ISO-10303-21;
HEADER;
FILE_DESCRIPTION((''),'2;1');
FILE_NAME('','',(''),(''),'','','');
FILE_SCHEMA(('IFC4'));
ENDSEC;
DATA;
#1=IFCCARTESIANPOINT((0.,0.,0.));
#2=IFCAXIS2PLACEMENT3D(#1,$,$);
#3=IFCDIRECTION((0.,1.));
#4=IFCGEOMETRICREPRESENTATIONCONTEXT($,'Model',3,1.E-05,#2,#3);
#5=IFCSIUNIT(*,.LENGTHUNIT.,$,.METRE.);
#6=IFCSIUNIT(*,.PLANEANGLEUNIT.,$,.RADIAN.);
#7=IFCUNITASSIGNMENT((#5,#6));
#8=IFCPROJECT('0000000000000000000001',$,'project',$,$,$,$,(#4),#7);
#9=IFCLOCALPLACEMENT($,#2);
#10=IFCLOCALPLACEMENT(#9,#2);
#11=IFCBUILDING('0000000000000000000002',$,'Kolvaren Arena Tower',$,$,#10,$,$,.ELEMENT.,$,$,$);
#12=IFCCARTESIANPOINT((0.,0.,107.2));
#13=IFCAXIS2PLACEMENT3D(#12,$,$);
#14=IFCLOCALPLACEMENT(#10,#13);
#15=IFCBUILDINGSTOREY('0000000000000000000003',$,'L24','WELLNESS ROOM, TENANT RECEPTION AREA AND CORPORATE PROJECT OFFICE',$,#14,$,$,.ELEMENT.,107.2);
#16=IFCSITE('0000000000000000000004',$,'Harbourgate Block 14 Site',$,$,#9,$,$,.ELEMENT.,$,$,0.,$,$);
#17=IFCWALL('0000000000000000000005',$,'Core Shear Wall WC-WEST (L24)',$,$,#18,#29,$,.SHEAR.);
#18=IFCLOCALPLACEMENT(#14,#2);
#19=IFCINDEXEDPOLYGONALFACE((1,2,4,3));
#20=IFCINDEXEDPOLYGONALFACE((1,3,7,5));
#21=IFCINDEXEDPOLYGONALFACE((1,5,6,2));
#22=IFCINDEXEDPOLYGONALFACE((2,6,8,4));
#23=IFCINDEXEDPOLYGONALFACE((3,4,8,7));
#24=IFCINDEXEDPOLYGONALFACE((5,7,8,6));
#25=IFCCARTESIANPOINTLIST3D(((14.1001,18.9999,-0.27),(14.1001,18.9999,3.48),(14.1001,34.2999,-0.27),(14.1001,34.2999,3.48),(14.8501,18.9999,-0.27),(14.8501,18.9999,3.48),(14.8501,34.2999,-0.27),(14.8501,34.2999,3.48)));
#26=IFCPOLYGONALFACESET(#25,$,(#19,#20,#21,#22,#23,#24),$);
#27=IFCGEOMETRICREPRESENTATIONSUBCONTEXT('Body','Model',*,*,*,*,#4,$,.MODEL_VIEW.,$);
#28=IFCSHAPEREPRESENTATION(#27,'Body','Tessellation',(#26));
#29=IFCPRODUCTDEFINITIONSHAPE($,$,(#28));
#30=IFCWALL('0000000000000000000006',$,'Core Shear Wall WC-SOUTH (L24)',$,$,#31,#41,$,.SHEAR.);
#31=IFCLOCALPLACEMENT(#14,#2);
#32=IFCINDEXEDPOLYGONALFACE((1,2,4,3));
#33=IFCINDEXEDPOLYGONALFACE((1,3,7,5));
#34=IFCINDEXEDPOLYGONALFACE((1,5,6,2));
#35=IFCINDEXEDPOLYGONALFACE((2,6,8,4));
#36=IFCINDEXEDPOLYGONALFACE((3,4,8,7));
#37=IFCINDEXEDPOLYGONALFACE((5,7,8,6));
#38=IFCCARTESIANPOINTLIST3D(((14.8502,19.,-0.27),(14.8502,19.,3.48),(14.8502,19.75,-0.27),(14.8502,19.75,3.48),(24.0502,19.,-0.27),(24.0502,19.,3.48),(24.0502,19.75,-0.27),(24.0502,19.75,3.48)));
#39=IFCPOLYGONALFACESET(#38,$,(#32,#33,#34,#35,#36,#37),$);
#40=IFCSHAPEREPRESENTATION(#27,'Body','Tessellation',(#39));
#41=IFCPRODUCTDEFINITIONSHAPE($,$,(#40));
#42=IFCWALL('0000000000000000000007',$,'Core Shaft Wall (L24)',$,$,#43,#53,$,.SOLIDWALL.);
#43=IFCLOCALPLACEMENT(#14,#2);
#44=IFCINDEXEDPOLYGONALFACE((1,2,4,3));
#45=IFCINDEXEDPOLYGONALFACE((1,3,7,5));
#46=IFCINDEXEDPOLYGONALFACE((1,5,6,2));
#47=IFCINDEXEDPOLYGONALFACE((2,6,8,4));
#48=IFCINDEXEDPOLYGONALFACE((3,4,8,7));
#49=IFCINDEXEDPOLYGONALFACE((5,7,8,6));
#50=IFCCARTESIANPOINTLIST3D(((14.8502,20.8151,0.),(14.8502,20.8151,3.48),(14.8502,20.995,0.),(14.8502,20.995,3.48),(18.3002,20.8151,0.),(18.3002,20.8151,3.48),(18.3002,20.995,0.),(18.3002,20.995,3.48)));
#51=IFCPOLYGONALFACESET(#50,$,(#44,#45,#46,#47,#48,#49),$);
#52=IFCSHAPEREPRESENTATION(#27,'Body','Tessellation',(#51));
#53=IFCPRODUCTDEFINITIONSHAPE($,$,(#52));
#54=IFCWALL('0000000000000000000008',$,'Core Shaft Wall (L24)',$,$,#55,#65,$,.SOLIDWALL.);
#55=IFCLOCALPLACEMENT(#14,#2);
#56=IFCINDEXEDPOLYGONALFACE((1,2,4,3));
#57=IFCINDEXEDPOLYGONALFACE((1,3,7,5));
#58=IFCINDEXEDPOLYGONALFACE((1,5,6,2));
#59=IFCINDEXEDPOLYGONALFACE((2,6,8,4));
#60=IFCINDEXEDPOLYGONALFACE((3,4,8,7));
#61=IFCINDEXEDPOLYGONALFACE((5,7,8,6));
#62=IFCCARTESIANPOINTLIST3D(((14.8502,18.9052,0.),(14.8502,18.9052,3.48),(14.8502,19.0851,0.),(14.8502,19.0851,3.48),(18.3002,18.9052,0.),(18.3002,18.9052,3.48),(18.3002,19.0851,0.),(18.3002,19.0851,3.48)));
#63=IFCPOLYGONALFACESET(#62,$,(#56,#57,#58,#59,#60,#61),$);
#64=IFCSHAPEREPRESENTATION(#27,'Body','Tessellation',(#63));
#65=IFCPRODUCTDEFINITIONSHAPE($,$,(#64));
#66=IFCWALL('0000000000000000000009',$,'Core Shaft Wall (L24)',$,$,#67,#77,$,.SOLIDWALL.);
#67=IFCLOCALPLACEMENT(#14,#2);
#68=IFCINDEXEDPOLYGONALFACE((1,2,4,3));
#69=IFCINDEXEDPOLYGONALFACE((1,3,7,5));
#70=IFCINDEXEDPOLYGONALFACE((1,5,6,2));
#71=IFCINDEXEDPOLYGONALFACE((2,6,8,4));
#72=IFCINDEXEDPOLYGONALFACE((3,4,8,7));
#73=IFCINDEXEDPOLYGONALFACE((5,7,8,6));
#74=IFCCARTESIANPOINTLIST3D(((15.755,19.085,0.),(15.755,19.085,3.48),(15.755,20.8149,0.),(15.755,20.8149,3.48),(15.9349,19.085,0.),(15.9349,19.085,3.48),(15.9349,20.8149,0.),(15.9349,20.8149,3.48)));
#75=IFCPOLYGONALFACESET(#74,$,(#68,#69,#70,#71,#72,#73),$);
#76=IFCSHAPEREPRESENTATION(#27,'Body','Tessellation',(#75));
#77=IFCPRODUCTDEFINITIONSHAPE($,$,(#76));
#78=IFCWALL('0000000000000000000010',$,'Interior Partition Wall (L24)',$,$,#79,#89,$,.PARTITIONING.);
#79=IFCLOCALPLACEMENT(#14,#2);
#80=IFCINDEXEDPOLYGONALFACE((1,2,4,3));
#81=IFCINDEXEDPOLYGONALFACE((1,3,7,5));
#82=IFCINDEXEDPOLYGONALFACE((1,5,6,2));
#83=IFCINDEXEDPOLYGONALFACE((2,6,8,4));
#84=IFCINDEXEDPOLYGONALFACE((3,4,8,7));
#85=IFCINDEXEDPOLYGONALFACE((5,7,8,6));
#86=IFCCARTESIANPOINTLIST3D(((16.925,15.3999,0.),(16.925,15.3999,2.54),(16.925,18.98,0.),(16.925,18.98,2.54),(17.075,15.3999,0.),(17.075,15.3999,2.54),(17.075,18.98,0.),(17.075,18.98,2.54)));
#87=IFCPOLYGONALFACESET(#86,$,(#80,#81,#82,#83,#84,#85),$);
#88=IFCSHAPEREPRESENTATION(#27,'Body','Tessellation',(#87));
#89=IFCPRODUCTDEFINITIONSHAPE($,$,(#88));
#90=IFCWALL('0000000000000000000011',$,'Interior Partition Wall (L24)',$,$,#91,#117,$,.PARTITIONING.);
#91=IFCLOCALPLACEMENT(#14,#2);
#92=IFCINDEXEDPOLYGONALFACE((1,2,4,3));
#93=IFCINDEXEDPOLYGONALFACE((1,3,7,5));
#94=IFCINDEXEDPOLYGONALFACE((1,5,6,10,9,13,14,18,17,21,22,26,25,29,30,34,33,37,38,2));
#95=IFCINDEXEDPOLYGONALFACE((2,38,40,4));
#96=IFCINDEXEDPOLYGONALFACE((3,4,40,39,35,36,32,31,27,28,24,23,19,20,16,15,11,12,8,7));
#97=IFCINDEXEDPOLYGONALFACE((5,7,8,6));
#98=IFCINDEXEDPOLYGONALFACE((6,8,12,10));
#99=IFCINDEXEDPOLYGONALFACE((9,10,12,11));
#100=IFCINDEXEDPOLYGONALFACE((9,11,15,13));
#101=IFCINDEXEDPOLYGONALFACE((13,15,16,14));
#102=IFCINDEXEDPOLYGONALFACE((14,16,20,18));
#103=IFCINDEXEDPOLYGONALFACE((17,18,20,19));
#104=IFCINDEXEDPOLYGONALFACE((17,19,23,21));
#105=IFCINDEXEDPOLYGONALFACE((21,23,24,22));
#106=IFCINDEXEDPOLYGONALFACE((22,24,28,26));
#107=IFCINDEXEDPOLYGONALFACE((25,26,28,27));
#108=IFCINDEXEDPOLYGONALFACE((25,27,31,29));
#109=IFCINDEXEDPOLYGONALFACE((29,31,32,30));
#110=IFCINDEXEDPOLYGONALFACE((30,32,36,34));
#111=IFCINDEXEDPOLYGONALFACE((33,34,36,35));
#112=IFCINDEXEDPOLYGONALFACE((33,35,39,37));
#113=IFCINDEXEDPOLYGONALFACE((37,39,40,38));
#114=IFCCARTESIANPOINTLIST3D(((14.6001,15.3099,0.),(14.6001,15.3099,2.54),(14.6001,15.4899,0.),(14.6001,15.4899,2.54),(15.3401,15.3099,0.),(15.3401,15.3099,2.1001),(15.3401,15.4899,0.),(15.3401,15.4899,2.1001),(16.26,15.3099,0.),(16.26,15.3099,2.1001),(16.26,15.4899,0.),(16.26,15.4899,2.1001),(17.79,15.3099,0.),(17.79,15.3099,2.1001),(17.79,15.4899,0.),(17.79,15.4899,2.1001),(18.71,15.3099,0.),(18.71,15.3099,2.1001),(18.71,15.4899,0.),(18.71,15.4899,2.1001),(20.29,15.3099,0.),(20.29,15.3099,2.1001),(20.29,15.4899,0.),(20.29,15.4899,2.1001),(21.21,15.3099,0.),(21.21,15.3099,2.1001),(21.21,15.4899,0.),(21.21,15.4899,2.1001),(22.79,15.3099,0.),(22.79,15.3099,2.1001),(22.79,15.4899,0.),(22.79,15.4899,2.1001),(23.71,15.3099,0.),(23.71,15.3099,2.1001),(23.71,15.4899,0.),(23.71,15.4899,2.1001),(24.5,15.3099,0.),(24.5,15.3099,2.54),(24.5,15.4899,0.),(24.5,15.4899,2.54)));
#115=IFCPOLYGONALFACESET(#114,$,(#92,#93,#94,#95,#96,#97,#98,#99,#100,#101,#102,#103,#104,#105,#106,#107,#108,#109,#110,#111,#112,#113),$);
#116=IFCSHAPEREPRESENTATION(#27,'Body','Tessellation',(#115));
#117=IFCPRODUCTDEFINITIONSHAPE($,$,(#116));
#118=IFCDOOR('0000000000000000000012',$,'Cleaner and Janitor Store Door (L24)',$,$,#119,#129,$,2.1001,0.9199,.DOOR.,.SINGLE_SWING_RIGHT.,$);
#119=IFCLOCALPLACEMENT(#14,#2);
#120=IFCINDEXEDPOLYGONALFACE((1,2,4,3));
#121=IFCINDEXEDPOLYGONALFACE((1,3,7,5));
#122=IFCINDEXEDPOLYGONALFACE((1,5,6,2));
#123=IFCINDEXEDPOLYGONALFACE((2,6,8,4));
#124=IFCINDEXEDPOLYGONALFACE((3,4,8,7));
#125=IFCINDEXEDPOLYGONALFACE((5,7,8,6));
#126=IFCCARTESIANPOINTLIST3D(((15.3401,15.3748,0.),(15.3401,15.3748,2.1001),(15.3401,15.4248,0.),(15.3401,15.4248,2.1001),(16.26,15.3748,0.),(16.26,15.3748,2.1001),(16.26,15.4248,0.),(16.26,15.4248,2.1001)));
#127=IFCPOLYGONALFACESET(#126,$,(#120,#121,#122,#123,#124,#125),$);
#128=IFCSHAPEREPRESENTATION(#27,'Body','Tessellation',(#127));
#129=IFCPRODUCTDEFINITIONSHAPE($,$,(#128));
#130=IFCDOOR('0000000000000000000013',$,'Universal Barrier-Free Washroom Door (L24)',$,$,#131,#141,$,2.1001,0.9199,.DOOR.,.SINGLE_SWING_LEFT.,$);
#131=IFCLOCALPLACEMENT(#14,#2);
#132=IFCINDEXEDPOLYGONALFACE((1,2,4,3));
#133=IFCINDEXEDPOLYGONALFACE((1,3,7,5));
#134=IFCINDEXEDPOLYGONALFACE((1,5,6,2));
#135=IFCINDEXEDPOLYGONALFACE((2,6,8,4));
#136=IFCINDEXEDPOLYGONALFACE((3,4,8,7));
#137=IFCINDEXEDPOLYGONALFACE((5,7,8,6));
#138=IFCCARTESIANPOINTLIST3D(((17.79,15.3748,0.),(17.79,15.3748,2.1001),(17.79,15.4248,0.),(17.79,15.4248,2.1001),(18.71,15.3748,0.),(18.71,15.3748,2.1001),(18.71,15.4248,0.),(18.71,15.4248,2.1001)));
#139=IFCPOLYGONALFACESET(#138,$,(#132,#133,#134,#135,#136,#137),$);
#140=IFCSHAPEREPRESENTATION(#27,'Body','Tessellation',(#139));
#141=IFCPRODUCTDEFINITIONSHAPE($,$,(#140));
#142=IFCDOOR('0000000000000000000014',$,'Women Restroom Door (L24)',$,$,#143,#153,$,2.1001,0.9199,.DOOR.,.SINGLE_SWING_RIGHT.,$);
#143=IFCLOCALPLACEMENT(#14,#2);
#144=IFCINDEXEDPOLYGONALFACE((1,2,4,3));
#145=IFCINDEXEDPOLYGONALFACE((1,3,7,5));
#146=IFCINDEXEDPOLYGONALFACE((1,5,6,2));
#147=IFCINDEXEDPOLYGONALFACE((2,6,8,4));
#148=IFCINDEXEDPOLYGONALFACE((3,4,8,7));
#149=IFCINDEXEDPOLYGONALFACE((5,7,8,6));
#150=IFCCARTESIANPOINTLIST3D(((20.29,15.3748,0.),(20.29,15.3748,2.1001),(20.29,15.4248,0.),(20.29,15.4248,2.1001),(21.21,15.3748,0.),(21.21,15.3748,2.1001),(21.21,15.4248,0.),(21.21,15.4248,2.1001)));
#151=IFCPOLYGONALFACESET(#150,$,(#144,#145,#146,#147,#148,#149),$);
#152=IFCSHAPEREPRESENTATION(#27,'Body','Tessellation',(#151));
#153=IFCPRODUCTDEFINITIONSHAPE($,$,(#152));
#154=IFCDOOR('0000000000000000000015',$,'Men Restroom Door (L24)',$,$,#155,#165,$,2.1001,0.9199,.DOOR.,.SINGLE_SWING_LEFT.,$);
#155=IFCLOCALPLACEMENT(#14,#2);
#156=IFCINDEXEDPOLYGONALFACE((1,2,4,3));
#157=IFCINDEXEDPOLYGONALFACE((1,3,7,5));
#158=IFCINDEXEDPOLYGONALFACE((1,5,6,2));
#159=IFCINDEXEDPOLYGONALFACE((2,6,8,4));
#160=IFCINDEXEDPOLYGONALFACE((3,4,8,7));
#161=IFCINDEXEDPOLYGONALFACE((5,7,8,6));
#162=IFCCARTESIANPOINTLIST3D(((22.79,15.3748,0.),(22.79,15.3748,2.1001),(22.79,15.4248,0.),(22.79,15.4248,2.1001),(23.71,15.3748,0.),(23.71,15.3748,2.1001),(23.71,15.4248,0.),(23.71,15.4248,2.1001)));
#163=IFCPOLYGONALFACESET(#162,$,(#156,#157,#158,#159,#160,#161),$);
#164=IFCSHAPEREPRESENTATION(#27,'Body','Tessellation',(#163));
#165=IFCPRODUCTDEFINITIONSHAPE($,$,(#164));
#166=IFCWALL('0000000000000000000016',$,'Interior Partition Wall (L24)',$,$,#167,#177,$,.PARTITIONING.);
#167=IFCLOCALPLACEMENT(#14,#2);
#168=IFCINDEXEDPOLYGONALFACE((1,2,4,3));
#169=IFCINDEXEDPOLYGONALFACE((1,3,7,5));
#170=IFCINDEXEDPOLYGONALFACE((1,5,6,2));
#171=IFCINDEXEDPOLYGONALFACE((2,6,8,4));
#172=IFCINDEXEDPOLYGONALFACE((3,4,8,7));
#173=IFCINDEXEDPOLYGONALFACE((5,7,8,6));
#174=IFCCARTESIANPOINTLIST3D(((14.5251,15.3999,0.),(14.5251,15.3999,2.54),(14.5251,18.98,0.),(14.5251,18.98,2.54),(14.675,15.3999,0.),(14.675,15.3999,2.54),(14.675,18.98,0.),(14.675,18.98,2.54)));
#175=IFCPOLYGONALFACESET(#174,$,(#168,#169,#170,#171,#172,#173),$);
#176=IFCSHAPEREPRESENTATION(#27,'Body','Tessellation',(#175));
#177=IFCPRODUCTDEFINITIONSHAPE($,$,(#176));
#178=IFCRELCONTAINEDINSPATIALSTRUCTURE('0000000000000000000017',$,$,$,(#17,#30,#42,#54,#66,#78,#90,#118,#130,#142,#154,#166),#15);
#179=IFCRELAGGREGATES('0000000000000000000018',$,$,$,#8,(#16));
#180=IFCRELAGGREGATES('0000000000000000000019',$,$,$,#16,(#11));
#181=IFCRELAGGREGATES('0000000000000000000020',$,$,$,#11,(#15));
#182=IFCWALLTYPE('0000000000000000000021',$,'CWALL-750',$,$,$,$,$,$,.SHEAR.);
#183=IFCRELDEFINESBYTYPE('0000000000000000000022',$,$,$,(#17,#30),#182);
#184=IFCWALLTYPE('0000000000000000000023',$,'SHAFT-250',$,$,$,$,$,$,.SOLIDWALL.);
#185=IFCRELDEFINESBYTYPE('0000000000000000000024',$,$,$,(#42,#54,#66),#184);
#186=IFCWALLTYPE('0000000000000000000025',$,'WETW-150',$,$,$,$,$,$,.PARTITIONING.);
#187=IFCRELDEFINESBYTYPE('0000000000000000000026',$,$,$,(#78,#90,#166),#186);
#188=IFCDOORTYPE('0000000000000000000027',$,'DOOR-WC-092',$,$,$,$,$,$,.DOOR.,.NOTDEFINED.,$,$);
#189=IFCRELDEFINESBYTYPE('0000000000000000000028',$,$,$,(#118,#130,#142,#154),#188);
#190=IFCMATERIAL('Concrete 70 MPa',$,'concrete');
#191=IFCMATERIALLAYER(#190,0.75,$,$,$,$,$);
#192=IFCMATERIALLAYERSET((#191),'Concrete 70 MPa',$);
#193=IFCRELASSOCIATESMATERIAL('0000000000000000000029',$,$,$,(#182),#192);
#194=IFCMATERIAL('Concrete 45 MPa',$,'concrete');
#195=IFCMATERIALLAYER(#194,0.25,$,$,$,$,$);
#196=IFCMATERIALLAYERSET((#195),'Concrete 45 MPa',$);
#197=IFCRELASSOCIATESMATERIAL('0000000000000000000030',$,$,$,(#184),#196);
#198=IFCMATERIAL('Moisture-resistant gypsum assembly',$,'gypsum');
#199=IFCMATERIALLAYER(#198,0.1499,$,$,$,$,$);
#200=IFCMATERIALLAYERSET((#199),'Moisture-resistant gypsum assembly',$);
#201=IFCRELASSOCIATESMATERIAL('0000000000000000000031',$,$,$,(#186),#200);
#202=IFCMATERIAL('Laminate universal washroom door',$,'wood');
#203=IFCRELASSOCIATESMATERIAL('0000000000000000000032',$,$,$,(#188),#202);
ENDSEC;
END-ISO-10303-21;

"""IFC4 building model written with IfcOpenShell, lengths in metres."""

from ifc_helpers import new_model, si_unit, direction, frame, frame_2d, origin, place, context, subcontext, project, spatial, rectangle, extrude, material, layer, layer_set, type_object, element, fill, save


model = new_model("IFC4")

# Units and contexts
model_context = context("Model", 3, precision=1e-05, world=origin(), true_north=direction((0.0, 1.0)))
body_context = subcontext(model_context, "Body", "Model", "MODEL_VIEW")
ifc_project = project(units=[si_unit("LENGTHUNIT", "METRE"), si_unit("PLANEANGLEUNIT", "RADIAN")], contexts=[model_context])

# Site, building, storey
site_placement = place(None, origin())
site = spatial("IfcSite", under=ifc_project, at=site_placement, Name="Harbourgate Block 14 Site", CompositionType="ELEMENT", RefElevation=0.0)
building_placement = place(site_placement, origin())
building = spatial("IfcBuilding", under=site, at=building_placement, Name="Kolvaren Arena Tower", CompositionType="ELEMENT")
storey_placement = place(building_placement, frame((0.0, 0.0, 107.2)))
storey = spatial("IfcBuildingStorey", under=building, at=storey_placement, Name="L24", Description="WELLNESS ROOM, TENANT RECEPTION AREA AND CORPORATE PROJECT OFFICE", CompositionType="ELEMENT", Elevation=107.2)

# Walls
ifc_material_1 = material(Name="Concrete 70 MPa", Category="concrete")
ifc_layer_1 = layer(ifc_material_1, 0.75)
ifc_layer_set_1 = layer_set([ifc_layer_1], Name="Concrete 70 MPa")
wall_type_1 = type_object("IfcWallType", Name="CWALL-750", PredefinedType="SHEAR", material=ifc_layer_set_1)
wall_1_placement = place(storey_placement, frame((14.4751, 19.0, -0.27), z_axis=(0.0, 0.0, 1.0), x_axis=(0.0, 1.0, 0.0)))
element("IfcWall", 1, at=wall_1_placement, inside=storey, type_object=wall_type_1, Name="Core Shear Wall WC-WEST (L24)", PredefinedType="SHEAR", context=body_context, shape_type="SweptSolid", body=[
    extrude(rectangle(XDim=15.3, YDim=0.75, at=frame_2d((7.6499, 0.0))), origin(), (0.0, 0.0, 1.0), 3.75),
])
wall_2_placement = place(storey_placement, frame((14.8501, 19.375, -0.27), z_axis=(0.0, 0.0, 1.0), x_axis=(1.0, 0.0, 0.0)))
element("IfcWall", 2, at=wall_2_placement, inside=storey, type_object=wall_type_1, Name="Core Shear Wall WC-SOUTH (L24)", PredefinedType="SHEAR", context=body_context, shape_type="SweptSolid", body=[
    extrude(rectangle(XDim=9.2, YDim=0.75, at=frame_2d((4.6001, 0.0))), origin(), (0.0, 0.0, 1.0), 3.75),
])
ifc_material_2 = material(Name="Concrete 45 MPa", Category="concrete")
ifc_layer_2 = layer(ifc_material_2, 0.25)
ifc_layer_set_2 = layer_set([ifc_layer_2], Name="Concrete 45 MPa")
wall_type_2 = type_object("IfcWallType", Name="SHAFT-250", PredefinedType="SOLIDWALL", material=ifc_layer_set_2)
for number, where, z_axis, x_axis, name in (
    (3, (14.8501, 20.905, 0.0), (0.0, 0.0, 1.0), (1.0, 0.0, 0.0), "Core Shaft Wall (L24)"),
    (4, (14.8501, 18.9951, 0.0), (0.0, 0.0, 1.0), (1.0, 0.0, 0.0), "Core Shaft Wall (L24)"),
):
    element("IfcWall", number, at=place(storey_placement, frame(where, z_axis=z_axis, x_axis=x_axis)), inside=storey, type_object=wall_type_2, Name=name, PredefinedType="SOLIDWALL", context=body_context, shape_type="SweptSolid", body=[
        extrude(rectangle(XDim=3.45, YDim=0.1799, at=frame_2d((1.7251, 0.0))), origin(), (0.0, 0.0, 1.0), 3.48),
    ])
wall_3_placement = place(storey_placement, frame((15.845, 19.085, 0.0), z_axis=(0.0, 0.0, 1.0), x_axis=(0.0, 1.0, 0.0)))
element("IfcWall", 5, at=wall_3_placement, inside=storey, type_object=wall_type_2, Name="Core Shaft Wall (L24)", PredefinedType="SOLIDWALL", context=body_context, shape_type="SweptSolid", body=[
    extrude(rectangle(XDim=1.73, YDim=0.1799, at=frame_2d((0.865, 0.0))), origin(), (0.0, 0.0, 1.0), 3.48),
])
ifc_material_3 = material(Name="Moisture-resistant gypsum assembly", Category="gypsum")
ifc_layer_3 = layer(ifc_material_3, 0.1499)
ifc_layer_set_3 = layer_set([ifc_layer_3], Name="Moisture-resistant gypsum assembly")
wall_type_3 = type_object("IfcWallType", Name="WETW-150", PredefinedType="PARTITIONING", material=ifc_layer_set_3)
wall_4_placement = place(storey_placement, frame((17.0, 15.3999, 0.0), z_axis=(0.0, 0.0, 1.0), x_axis=(0.0, 1.0, 0.0)))
element("IfcWall", 6, at=wall_4_placement, inside=storey, type_object=wall_type_3, Name="Interior Partition Wall (L24)", PredefinedType="PARTITIONING", context=body_context, shape_type="SweptSolid", body=[
    extrude(rectangle(XDim=3.5801, YDim=0.1499, at=frame_2d((1.79, 0.0))), origin(), (0.0, 0.0, 1.0), 2.54),
])

# Wall, openings, doors
wall_5_placement = place(storey_placement, frame((14.6001, 15.3999, 0.0), z_axis=(0.0, 0.0, 1.0), x_axis=(1.0, 0.0, 0.0)))
wall_5 = element("IfcWall", 7, at=wall_5_placement, inside=storey, type_object=wall_type_3, Name="Interior Partition Wall (L24)", PredefinedType="PARTITIONING", context=body_context, shape_type="SweptSolid", body=[
    extrude(rectangle(XDim=9.8999, YDim=0.1799, at=frame_2d((4.95, 0.0))), origin(), (0.0, 0.0, 1.0), 2.54),
])
opening_1_placement = place(wall_5_placement, frame((0.74, 0.0, 0.0)))
opening_1 = element("IfcOpeningElement", 8, at=opening_1_placement, cuts=wall_5, PredefinedType="OPENING", context=body_context, shape_type="SweptSolid", body=[
    extrude(rectangle(XDim=0.9199, YDim=2.1001, at=frame_2d((0.46, 1.05))), frame((0.0, 0.0999, 0.0), z_axis=(0.0, -1.0, 0.0), x_axis=(1.0, 0.0, 0.0)), (0.0, 0.0, 1.0), 0.2),
])
opening_2_placement = place(wall_5_placement, frame((3.1899, 0.0, 0.0)))
opening_2 = element("IfcOpeningElement", 9, at=opening_2_placement, cuts=wall_5, PredefinedType="OPENING", context=body_context, shape_type="SweptSolid", body=[
    extrude(rectangle(XDim=0.9199, YDim=2.1001, at=frame_2d((0.46, 1.05))), frame((0.0, 0.0999, 0.0), z_axis=(0.0, -1.0, 0.0), x_axis=(1.0, 0.0, 0.0)), (0.0, 0.0, 1.0), 0.2),
])
opening_3_placement = place(wall_5_placement, frame((5.6899, 0.0, 0.0)))
opening_3 = element("IfcOpeningElement", 10, at=opening_3_placement, cuts=wall_5, PredefinedType="OPENING", context=body_context, shape_type="SweptSolid", body=[
    extrude(rectangle(XDim=0.9199, YDim=2.1001, at=frame_2d((0.46, 1.05))), frame((0.0, 0.0999, 0.0), z_axis=(0.0, -1.0, 0.0), x_axis=(1.0, 0.0, 0.0)), (0.0, 0.0, 1.0), 0.2),
])
opening_4_placement = place(wall_5_placement, frame((8.1899, 0.0, 0.0)))
opening_4 = element("IfcOpeningElement", 11, at=opening_4_placement, cuts=wall_5, PredefinedType="OPENING", context=body_context, shape_type="SweptSolid", body=[
    extrude(rectangle(XDim=0.9199, YDim=2.1001, at=frame_2d((0.46, 1.05))), frame((0.0, 0.0999, 0.0), z_axis=(0.0, -1.0, 0.0), x_axis=(1.0, 0.0, 0.0)), (0.0, 0.0, 1.0), 0.2),
])
ifc_material_4 = material(Name="Laminate universal washroom door", Category="wood")
door_type_1 = type_object("IfcDoorType", Name="DOOR-WC-092", OperationType="NOTDEFINED", PredefinedType="DOOR", material=ifc_material_4)
door_1_placement = place(opening_1_placement, origin())
door_1 = element("IfcDoor", 12, at=door_1_placement, inside=storey, type_object=door_type_1, Name="Cleaner and Janitor Store Door (L24)", OperationType="SINGLE_SWING_RIGHT", OverallHeight=2.1001, OverallWidth=0.9199, PredefinedType="DOOR", context=body_context, shape_type="SweptSolid", body=[
    extrude(rectangle(XDim=0.9199, YDim=2.1001, at=frame_2d((0.46, 1.05))), frame((0.0, 0.0249, 0.0), z_axis=(0.0, -1.0, 0.0), x_axis=(1.0, 0.0, 0.0)), (0.0, 0.0, 1.0), 0.05),
])
fill(opening_1, door_1)
door_2_placement = place(opening_2_placement, origin())
door_2 = element("IfcDoor", 13, at=door_2_placement, inside=storey, type_object=door_type_1, Name="Universal Barrier-Free Washroom Door (L24)", OperationType="SINGLE_SWING_LEFT", OverallHeight=2.1001, OverallWidth=0.9199, PredefinedType="DOOR", context=body_context, shape_type="SweptSolid", body=[
    extrude(rectangle(XDim=0.9199, YDim=2.1001, at=frame_2d((0.46, 1.05))), frame((0.0, 0.0249, 0.0), z_axis=(0.0, -1.0, 0.0), x_axis=(1.0, 0.0, 0.0)), (0.0, 0.0, 1.0), 0.05),
])
fill(opening_2, door_2)
door_3_placement = place(opening_3_placement, origin())
door_3 = element("IfcDoor", 14, at=door_3_placement, inside=storey, type_object=door_type_1, Name="Women Restroom Door (L24)", OperationType="SINGLE_SWING_RIGHT", OverallHeight=2.1001, OverallWidth=0.9199, PredefinedType="DOOR", context=body_context, shape_type="SweptSolid", body=[
    extrude(rectangle(XDim=0.9199, YDim=2.1001, at=frame_2d((0.46, 1.05))), frame((0.0, 0.0249, 0.0), z_axis=(0.0, -1.0, 0.0), x_axis=(1.0, 0.0, 0.0)), (0.0, 0.0, 1.0), 0.05),
])
fill(opening_3, door_3)
door_4_placement = place(opening_4_placement, origin())
door_4 = element("IfcDoor", 15, at=door_4_placement, inside=storey, type_object=door_type_1, Name="Men Restroom Door (L24)", OperationType="SINGLE_SWING_LEFT", OverallHeight=2.1001, OverallWidth=0.9199, PredefinedType="DOOR", context=body_context, shape_type="SweptSolid", body=[
    extrude(rectangle(XDim=0.9199, YDim=2.1001, at=frame_2d((0.46, 1.05))), frame((0.0, 0.0249, 0.0), z_axis=(0.0, -1.0, 0.0), x_axis=(1.0, 0.0, 0.0)), (0.0, 0.0, 1.0), 0.05),
])
fill(opening_4, door_4)

# Wall
wall_6_placement = place(storey_placement, frame((14.6001, 15.3999, 0.0), z_axis=(0.0, 0.0, 1.0), x_axis=(0.0, 1.0, 0.0)))
element("IfcWall", 16, at=wall_6_placement, inside=storey, type_object=wall_type_3, Name="Interior Partition Wall (L24)", PredefinedType="PARTITIONING", context=body_context, shape_type="SweptSolid", body=[
    extrude(rectangle(XDim=3.5801, YDim=0.1499, at=frame_2d((1.79, 0.0))), origin(), (0.0, 0.0, 1.0), 2.54),
])

save(model, "model.ifc")
